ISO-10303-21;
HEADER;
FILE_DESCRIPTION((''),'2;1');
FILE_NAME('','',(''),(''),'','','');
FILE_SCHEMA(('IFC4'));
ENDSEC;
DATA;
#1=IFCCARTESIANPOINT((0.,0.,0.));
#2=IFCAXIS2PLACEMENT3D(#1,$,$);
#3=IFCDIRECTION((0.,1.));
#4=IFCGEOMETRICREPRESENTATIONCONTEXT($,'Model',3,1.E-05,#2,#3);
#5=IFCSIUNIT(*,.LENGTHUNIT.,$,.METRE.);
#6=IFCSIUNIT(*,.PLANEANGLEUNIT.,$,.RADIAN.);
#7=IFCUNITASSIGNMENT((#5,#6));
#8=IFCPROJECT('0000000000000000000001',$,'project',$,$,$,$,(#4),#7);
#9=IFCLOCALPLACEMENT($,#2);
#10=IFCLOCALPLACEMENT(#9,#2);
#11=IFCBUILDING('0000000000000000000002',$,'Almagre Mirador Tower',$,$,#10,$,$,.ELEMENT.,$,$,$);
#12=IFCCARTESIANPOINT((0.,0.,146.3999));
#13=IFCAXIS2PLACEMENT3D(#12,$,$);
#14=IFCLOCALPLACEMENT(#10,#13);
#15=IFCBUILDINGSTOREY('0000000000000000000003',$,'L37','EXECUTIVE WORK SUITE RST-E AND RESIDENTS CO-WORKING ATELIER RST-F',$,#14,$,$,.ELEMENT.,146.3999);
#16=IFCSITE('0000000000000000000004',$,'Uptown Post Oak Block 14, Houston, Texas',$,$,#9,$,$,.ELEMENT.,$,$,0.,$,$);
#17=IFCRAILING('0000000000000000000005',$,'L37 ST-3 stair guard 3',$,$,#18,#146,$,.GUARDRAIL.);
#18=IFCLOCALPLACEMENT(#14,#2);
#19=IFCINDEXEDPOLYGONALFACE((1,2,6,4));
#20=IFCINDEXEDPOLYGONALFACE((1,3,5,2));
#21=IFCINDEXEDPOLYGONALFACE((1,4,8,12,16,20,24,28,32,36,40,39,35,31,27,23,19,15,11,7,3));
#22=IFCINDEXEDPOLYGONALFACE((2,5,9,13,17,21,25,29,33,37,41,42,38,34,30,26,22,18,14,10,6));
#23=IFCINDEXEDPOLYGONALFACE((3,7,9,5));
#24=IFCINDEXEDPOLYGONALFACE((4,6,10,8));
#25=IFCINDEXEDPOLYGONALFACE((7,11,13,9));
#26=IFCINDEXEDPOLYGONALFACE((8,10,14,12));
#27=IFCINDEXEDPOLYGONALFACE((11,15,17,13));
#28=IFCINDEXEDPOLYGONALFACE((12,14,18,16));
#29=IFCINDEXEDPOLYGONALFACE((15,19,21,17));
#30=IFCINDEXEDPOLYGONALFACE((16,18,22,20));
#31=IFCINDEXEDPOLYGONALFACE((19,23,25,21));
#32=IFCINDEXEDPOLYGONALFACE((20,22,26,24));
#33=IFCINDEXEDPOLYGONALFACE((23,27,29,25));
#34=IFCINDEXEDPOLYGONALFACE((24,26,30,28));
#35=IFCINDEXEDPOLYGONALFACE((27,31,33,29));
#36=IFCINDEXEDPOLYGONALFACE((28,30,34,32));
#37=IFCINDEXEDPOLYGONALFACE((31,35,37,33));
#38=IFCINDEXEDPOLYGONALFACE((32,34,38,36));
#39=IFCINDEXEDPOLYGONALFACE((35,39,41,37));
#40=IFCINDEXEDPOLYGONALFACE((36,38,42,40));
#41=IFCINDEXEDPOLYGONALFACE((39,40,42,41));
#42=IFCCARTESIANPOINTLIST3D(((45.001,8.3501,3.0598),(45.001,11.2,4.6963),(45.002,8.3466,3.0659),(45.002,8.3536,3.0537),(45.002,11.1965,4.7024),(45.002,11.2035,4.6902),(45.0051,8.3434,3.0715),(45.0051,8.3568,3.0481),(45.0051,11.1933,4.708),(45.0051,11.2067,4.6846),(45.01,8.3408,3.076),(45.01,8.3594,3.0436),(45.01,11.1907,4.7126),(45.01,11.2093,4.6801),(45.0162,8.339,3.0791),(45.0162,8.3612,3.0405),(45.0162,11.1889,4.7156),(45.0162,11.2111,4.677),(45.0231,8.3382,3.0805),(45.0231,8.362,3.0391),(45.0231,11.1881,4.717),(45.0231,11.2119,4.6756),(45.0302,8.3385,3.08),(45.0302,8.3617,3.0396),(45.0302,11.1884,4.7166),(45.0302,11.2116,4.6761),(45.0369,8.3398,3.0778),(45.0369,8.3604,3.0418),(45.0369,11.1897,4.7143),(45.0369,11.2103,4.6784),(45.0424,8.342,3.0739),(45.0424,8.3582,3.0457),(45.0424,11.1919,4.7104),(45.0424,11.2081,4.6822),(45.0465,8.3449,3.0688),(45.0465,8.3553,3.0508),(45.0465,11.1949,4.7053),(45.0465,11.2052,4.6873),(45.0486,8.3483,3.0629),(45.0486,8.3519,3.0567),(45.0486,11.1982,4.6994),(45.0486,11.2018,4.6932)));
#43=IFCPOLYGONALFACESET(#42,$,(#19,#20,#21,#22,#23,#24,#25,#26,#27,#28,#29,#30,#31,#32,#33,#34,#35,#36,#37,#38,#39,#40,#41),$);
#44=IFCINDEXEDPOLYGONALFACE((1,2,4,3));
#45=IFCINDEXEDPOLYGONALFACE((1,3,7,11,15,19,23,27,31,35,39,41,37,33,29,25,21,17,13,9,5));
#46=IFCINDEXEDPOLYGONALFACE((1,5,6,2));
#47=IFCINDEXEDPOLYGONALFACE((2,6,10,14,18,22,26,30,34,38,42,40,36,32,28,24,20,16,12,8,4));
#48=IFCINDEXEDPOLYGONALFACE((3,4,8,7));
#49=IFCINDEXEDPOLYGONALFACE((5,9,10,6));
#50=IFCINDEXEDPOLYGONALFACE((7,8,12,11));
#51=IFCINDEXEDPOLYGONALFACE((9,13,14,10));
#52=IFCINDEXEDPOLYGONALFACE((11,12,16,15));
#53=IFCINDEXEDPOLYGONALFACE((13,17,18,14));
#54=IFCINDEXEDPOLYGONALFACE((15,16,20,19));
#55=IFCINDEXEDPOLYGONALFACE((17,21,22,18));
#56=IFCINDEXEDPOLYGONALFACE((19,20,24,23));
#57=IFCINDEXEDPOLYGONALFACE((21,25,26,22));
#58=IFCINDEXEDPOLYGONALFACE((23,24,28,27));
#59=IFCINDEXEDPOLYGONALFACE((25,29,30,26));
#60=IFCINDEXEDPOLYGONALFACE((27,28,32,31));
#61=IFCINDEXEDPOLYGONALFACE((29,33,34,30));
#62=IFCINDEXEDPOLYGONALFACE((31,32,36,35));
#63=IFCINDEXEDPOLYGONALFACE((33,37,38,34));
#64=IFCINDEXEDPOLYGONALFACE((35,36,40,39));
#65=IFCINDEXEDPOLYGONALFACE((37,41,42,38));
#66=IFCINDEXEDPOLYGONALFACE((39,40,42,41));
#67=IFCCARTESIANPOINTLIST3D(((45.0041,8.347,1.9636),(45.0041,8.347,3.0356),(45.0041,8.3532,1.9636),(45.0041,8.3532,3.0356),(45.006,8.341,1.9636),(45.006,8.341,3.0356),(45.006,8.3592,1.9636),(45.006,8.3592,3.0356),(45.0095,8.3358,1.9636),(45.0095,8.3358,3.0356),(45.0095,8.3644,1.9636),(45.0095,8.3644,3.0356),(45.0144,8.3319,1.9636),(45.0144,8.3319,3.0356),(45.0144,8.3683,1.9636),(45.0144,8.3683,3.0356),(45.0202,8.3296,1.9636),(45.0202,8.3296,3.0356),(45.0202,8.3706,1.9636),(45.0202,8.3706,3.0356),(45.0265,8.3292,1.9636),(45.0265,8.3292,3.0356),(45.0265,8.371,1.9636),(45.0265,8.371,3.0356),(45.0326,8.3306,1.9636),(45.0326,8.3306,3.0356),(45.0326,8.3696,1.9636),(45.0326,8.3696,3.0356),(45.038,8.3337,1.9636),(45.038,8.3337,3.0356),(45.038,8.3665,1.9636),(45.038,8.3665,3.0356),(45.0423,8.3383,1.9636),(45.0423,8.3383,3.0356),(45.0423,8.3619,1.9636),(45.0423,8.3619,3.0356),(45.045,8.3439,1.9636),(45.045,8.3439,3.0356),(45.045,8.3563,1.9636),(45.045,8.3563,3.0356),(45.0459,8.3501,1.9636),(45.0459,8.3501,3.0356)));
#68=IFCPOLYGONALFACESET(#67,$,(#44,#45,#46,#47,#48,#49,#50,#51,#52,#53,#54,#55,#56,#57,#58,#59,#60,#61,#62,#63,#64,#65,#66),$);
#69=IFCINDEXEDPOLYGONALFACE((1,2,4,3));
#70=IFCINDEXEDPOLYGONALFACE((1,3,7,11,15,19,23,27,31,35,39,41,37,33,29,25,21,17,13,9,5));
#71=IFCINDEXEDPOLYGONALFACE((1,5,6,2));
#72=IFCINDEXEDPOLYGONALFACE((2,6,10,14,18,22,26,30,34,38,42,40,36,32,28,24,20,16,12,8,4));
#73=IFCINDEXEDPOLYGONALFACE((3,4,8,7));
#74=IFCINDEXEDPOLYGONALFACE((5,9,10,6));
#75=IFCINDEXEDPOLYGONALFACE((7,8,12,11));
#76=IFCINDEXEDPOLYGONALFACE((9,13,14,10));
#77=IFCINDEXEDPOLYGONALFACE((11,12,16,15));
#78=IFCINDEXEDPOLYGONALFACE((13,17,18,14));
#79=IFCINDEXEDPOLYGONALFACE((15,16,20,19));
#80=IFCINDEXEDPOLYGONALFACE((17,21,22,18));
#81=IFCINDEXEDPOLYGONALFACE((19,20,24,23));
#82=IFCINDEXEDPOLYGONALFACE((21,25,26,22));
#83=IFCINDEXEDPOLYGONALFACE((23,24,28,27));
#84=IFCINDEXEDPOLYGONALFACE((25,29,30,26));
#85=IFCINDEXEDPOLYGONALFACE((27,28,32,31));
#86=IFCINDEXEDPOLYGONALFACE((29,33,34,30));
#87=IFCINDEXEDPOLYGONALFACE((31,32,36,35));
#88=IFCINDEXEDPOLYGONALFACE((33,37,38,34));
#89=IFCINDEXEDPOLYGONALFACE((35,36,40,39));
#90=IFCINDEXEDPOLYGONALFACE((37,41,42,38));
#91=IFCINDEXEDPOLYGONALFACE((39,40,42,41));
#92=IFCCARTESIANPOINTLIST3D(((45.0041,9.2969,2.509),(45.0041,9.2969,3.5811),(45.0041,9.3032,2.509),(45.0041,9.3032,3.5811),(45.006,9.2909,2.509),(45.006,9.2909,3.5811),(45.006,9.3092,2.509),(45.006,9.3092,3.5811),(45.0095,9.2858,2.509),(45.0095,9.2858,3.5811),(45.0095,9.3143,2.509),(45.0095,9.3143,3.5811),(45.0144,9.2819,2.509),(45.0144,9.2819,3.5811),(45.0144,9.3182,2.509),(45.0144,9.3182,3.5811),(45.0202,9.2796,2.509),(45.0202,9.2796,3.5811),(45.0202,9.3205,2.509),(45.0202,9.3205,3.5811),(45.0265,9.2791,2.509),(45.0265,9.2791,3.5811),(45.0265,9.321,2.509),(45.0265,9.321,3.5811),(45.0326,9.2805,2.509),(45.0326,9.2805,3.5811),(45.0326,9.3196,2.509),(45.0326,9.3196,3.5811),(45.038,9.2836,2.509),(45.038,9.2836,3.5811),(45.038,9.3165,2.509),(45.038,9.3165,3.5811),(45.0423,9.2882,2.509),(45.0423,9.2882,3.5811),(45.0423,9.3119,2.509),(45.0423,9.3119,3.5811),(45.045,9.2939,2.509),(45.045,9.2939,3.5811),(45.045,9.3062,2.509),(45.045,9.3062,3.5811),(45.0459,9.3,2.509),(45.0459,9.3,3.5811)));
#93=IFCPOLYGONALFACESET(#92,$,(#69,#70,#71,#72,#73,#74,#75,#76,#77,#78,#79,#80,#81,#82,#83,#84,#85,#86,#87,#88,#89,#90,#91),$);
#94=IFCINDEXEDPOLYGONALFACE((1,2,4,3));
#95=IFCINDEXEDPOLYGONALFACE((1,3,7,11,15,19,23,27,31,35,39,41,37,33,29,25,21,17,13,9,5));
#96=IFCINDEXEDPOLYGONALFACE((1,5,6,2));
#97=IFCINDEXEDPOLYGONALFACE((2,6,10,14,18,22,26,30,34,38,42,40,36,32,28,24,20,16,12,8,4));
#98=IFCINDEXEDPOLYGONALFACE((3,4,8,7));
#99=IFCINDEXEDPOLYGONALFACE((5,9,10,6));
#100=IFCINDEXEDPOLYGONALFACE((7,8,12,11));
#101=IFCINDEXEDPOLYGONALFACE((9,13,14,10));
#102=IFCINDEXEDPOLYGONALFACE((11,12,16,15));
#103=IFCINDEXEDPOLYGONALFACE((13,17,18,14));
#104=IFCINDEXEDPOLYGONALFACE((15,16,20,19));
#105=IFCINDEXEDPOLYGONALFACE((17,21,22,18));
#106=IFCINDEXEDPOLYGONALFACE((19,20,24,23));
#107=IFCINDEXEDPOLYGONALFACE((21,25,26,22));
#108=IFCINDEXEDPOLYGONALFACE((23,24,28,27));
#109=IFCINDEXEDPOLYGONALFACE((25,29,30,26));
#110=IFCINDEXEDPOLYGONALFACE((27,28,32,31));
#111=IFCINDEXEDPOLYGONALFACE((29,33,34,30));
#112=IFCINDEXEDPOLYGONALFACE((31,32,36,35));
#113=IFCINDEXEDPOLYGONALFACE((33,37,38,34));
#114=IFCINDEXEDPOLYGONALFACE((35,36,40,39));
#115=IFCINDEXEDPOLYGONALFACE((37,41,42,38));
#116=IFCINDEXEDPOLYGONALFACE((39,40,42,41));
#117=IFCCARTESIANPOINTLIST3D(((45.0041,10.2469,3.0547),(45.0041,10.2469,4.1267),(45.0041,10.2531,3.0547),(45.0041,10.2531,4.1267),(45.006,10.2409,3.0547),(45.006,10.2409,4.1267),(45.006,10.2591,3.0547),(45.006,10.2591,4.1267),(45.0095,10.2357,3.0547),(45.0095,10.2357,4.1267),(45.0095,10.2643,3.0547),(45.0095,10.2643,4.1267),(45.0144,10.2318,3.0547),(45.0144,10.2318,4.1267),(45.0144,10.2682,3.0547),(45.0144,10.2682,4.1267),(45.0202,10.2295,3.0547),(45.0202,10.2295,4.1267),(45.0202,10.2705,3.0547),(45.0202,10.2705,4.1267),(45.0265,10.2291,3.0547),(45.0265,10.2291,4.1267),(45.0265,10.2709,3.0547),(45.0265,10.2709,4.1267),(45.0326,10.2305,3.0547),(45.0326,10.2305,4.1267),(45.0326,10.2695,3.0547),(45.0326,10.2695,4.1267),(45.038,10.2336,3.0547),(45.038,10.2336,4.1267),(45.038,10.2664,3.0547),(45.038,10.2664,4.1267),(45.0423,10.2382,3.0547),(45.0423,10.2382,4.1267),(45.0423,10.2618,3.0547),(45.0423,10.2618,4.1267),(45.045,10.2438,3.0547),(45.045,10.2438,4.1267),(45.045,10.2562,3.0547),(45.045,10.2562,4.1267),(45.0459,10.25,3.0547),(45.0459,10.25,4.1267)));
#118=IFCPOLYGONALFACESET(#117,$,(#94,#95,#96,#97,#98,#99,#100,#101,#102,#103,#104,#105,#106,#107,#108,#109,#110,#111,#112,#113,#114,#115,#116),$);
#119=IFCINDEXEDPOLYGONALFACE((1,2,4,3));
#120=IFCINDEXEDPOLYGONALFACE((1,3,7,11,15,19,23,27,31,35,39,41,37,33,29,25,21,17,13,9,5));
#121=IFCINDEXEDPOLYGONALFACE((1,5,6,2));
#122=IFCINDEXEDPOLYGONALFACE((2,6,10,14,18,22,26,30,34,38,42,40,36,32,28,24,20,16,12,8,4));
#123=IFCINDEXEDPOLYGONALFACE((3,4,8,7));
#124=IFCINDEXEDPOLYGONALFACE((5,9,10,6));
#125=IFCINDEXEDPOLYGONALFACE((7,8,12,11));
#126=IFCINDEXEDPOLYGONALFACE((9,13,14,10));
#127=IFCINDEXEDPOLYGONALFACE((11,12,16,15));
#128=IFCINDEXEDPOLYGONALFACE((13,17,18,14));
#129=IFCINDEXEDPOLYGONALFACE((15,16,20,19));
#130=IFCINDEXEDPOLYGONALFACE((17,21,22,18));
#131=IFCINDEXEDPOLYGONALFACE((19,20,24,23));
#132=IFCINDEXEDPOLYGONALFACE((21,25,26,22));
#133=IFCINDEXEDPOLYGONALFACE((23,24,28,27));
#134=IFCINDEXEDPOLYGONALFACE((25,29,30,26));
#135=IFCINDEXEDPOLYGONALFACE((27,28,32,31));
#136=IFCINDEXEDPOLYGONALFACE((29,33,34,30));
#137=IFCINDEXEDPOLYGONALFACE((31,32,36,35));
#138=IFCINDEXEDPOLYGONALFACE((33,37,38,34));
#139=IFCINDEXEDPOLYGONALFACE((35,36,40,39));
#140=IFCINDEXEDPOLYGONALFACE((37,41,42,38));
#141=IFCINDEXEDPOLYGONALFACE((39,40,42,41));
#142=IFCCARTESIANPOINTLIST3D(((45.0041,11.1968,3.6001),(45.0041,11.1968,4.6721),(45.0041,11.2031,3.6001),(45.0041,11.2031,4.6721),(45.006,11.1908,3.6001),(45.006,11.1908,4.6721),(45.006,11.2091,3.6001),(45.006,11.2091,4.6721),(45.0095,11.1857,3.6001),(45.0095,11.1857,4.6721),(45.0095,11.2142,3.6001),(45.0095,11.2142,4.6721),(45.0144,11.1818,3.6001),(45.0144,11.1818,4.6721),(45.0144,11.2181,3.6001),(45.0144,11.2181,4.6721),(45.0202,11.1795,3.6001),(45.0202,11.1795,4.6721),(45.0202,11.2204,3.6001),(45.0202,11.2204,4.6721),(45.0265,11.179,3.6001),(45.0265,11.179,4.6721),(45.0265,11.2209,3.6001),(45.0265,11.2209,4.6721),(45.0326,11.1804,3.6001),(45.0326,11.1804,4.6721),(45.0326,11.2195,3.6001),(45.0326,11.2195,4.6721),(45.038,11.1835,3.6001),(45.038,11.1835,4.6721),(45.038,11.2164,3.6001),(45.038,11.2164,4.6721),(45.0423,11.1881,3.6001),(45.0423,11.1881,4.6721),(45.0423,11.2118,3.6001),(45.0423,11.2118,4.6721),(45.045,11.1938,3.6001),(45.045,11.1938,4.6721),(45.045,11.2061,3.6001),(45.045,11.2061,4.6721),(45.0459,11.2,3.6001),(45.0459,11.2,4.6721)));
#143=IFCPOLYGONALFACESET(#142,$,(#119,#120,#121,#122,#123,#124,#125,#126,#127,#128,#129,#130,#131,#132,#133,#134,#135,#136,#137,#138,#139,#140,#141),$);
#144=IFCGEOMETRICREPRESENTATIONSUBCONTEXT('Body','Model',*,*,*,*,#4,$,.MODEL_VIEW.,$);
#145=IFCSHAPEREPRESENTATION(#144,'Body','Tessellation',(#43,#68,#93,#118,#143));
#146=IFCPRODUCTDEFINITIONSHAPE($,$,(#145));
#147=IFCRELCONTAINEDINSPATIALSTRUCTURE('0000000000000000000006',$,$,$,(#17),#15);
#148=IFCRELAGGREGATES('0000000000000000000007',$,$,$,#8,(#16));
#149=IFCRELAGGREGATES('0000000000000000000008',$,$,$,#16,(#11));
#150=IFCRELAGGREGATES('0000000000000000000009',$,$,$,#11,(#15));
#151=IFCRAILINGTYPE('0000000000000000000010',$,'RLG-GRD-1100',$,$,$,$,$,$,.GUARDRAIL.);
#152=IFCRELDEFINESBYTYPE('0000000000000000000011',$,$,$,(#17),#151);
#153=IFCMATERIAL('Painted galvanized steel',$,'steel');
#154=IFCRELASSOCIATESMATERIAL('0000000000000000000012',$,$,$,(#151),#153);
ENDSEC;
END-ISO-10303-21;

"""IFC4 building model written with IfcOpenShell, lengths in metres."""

from ifc_helpers import new_model, si_unit, direction, frame, origin, origin_2d, place, context, subcontext, project, spatial, circle, extrude, material, type_object, element, save


model = new_model("IFC4")

# Units and contexts
model_context = context("Model", 3, precision=1e-05, world=origin(), true_north=direction((0.0, 1.0)))
body_context = subcontext(model_context, "Body", "Model", "MODEL_VIEW")
ifc_project = project(units=[si_unit("LENGTHUNIT", "METRE"), si_unit("PLANEANGLEUNIT", "RADIAN")], contexts=[model_context])

# Site, building, storey
site_placement = place(None, origin())
site = spatial("IfcSite", under=ifc_project, at=site_placement, Name="Uptown Post Oak Block 14, Houston, Texas", CompositionType="ELEMENT", RefElevation=0.0)
building_placement = place(site_placement, origin())
building = spatial("IfcBuilding", under=site, at=building_placement, Name="Almagre Mirador Tower", CompositionType="ELEMENT")
storey_placement = place(building_placement, frame((0.0, 0.0, 146.3999)))
storey = spatial("IfcBuildingStorey", under=building, at=storey_placement, Name="L37", Description="EXECUTIVE WORK SUITE RST-E AND RESIDENTS CO-WORKING ATELIER RST-F", CompositionType="ELEMENT", Elevation=146.3999)

# Railing
ifc_material_1 = material(Name="Painted galvanized steel", Category="steel")
railing_type_1 = type_object("IfcRailingType", Name="RLG-GRD-1100", PredefinedType="GUARDRAIL", material=ifc_material_1)
railing_1_placement = place(storey_placement, frame((45.0249, 8.3501, 1.9636)))
element("IfcRailing", 1, at=railing_1_placement, inside=storey, type_object=railing_type_1, Name="L37 ST-3 stair guard 3", PredefinedType="GUARDRAIL", context=body_context, shape_type="SweptSolid", body=[
    extrude(circle(Radius=0.0239, at=origin_2d()), frame((0.0, 0.0, 1.0962), z_axis=(0.0, 0.867194, 0.49797), x_axis=(-1.0, 0.0, 0.0)), (0.0, 0.0, 1.0), 3.2864),
    extrude(circle(Radius=0.021, at=origin_2d()), origin(), (0.0, 0.0, 1.0), 1.072),
    extrude(circle(Radius=0.021, at=origin_2d()), frame((0.0, 0.95, 0.5454)), (0.0, 0.0, 1.0), 1.072),
    extrude(circle(Radius=0.021, at=origin_2d()), frame((0.0, 1.8999, 1.0911)), (0.0, 0.0, 1.0), 1.072),
    extrude(circle(Radius=0.021, at=origin_2d()), frame((0.0, 2.8499, 1.6365)), (0.0, 0.0, 1.0), 1.072),
])

save(model, "model.ifc")
